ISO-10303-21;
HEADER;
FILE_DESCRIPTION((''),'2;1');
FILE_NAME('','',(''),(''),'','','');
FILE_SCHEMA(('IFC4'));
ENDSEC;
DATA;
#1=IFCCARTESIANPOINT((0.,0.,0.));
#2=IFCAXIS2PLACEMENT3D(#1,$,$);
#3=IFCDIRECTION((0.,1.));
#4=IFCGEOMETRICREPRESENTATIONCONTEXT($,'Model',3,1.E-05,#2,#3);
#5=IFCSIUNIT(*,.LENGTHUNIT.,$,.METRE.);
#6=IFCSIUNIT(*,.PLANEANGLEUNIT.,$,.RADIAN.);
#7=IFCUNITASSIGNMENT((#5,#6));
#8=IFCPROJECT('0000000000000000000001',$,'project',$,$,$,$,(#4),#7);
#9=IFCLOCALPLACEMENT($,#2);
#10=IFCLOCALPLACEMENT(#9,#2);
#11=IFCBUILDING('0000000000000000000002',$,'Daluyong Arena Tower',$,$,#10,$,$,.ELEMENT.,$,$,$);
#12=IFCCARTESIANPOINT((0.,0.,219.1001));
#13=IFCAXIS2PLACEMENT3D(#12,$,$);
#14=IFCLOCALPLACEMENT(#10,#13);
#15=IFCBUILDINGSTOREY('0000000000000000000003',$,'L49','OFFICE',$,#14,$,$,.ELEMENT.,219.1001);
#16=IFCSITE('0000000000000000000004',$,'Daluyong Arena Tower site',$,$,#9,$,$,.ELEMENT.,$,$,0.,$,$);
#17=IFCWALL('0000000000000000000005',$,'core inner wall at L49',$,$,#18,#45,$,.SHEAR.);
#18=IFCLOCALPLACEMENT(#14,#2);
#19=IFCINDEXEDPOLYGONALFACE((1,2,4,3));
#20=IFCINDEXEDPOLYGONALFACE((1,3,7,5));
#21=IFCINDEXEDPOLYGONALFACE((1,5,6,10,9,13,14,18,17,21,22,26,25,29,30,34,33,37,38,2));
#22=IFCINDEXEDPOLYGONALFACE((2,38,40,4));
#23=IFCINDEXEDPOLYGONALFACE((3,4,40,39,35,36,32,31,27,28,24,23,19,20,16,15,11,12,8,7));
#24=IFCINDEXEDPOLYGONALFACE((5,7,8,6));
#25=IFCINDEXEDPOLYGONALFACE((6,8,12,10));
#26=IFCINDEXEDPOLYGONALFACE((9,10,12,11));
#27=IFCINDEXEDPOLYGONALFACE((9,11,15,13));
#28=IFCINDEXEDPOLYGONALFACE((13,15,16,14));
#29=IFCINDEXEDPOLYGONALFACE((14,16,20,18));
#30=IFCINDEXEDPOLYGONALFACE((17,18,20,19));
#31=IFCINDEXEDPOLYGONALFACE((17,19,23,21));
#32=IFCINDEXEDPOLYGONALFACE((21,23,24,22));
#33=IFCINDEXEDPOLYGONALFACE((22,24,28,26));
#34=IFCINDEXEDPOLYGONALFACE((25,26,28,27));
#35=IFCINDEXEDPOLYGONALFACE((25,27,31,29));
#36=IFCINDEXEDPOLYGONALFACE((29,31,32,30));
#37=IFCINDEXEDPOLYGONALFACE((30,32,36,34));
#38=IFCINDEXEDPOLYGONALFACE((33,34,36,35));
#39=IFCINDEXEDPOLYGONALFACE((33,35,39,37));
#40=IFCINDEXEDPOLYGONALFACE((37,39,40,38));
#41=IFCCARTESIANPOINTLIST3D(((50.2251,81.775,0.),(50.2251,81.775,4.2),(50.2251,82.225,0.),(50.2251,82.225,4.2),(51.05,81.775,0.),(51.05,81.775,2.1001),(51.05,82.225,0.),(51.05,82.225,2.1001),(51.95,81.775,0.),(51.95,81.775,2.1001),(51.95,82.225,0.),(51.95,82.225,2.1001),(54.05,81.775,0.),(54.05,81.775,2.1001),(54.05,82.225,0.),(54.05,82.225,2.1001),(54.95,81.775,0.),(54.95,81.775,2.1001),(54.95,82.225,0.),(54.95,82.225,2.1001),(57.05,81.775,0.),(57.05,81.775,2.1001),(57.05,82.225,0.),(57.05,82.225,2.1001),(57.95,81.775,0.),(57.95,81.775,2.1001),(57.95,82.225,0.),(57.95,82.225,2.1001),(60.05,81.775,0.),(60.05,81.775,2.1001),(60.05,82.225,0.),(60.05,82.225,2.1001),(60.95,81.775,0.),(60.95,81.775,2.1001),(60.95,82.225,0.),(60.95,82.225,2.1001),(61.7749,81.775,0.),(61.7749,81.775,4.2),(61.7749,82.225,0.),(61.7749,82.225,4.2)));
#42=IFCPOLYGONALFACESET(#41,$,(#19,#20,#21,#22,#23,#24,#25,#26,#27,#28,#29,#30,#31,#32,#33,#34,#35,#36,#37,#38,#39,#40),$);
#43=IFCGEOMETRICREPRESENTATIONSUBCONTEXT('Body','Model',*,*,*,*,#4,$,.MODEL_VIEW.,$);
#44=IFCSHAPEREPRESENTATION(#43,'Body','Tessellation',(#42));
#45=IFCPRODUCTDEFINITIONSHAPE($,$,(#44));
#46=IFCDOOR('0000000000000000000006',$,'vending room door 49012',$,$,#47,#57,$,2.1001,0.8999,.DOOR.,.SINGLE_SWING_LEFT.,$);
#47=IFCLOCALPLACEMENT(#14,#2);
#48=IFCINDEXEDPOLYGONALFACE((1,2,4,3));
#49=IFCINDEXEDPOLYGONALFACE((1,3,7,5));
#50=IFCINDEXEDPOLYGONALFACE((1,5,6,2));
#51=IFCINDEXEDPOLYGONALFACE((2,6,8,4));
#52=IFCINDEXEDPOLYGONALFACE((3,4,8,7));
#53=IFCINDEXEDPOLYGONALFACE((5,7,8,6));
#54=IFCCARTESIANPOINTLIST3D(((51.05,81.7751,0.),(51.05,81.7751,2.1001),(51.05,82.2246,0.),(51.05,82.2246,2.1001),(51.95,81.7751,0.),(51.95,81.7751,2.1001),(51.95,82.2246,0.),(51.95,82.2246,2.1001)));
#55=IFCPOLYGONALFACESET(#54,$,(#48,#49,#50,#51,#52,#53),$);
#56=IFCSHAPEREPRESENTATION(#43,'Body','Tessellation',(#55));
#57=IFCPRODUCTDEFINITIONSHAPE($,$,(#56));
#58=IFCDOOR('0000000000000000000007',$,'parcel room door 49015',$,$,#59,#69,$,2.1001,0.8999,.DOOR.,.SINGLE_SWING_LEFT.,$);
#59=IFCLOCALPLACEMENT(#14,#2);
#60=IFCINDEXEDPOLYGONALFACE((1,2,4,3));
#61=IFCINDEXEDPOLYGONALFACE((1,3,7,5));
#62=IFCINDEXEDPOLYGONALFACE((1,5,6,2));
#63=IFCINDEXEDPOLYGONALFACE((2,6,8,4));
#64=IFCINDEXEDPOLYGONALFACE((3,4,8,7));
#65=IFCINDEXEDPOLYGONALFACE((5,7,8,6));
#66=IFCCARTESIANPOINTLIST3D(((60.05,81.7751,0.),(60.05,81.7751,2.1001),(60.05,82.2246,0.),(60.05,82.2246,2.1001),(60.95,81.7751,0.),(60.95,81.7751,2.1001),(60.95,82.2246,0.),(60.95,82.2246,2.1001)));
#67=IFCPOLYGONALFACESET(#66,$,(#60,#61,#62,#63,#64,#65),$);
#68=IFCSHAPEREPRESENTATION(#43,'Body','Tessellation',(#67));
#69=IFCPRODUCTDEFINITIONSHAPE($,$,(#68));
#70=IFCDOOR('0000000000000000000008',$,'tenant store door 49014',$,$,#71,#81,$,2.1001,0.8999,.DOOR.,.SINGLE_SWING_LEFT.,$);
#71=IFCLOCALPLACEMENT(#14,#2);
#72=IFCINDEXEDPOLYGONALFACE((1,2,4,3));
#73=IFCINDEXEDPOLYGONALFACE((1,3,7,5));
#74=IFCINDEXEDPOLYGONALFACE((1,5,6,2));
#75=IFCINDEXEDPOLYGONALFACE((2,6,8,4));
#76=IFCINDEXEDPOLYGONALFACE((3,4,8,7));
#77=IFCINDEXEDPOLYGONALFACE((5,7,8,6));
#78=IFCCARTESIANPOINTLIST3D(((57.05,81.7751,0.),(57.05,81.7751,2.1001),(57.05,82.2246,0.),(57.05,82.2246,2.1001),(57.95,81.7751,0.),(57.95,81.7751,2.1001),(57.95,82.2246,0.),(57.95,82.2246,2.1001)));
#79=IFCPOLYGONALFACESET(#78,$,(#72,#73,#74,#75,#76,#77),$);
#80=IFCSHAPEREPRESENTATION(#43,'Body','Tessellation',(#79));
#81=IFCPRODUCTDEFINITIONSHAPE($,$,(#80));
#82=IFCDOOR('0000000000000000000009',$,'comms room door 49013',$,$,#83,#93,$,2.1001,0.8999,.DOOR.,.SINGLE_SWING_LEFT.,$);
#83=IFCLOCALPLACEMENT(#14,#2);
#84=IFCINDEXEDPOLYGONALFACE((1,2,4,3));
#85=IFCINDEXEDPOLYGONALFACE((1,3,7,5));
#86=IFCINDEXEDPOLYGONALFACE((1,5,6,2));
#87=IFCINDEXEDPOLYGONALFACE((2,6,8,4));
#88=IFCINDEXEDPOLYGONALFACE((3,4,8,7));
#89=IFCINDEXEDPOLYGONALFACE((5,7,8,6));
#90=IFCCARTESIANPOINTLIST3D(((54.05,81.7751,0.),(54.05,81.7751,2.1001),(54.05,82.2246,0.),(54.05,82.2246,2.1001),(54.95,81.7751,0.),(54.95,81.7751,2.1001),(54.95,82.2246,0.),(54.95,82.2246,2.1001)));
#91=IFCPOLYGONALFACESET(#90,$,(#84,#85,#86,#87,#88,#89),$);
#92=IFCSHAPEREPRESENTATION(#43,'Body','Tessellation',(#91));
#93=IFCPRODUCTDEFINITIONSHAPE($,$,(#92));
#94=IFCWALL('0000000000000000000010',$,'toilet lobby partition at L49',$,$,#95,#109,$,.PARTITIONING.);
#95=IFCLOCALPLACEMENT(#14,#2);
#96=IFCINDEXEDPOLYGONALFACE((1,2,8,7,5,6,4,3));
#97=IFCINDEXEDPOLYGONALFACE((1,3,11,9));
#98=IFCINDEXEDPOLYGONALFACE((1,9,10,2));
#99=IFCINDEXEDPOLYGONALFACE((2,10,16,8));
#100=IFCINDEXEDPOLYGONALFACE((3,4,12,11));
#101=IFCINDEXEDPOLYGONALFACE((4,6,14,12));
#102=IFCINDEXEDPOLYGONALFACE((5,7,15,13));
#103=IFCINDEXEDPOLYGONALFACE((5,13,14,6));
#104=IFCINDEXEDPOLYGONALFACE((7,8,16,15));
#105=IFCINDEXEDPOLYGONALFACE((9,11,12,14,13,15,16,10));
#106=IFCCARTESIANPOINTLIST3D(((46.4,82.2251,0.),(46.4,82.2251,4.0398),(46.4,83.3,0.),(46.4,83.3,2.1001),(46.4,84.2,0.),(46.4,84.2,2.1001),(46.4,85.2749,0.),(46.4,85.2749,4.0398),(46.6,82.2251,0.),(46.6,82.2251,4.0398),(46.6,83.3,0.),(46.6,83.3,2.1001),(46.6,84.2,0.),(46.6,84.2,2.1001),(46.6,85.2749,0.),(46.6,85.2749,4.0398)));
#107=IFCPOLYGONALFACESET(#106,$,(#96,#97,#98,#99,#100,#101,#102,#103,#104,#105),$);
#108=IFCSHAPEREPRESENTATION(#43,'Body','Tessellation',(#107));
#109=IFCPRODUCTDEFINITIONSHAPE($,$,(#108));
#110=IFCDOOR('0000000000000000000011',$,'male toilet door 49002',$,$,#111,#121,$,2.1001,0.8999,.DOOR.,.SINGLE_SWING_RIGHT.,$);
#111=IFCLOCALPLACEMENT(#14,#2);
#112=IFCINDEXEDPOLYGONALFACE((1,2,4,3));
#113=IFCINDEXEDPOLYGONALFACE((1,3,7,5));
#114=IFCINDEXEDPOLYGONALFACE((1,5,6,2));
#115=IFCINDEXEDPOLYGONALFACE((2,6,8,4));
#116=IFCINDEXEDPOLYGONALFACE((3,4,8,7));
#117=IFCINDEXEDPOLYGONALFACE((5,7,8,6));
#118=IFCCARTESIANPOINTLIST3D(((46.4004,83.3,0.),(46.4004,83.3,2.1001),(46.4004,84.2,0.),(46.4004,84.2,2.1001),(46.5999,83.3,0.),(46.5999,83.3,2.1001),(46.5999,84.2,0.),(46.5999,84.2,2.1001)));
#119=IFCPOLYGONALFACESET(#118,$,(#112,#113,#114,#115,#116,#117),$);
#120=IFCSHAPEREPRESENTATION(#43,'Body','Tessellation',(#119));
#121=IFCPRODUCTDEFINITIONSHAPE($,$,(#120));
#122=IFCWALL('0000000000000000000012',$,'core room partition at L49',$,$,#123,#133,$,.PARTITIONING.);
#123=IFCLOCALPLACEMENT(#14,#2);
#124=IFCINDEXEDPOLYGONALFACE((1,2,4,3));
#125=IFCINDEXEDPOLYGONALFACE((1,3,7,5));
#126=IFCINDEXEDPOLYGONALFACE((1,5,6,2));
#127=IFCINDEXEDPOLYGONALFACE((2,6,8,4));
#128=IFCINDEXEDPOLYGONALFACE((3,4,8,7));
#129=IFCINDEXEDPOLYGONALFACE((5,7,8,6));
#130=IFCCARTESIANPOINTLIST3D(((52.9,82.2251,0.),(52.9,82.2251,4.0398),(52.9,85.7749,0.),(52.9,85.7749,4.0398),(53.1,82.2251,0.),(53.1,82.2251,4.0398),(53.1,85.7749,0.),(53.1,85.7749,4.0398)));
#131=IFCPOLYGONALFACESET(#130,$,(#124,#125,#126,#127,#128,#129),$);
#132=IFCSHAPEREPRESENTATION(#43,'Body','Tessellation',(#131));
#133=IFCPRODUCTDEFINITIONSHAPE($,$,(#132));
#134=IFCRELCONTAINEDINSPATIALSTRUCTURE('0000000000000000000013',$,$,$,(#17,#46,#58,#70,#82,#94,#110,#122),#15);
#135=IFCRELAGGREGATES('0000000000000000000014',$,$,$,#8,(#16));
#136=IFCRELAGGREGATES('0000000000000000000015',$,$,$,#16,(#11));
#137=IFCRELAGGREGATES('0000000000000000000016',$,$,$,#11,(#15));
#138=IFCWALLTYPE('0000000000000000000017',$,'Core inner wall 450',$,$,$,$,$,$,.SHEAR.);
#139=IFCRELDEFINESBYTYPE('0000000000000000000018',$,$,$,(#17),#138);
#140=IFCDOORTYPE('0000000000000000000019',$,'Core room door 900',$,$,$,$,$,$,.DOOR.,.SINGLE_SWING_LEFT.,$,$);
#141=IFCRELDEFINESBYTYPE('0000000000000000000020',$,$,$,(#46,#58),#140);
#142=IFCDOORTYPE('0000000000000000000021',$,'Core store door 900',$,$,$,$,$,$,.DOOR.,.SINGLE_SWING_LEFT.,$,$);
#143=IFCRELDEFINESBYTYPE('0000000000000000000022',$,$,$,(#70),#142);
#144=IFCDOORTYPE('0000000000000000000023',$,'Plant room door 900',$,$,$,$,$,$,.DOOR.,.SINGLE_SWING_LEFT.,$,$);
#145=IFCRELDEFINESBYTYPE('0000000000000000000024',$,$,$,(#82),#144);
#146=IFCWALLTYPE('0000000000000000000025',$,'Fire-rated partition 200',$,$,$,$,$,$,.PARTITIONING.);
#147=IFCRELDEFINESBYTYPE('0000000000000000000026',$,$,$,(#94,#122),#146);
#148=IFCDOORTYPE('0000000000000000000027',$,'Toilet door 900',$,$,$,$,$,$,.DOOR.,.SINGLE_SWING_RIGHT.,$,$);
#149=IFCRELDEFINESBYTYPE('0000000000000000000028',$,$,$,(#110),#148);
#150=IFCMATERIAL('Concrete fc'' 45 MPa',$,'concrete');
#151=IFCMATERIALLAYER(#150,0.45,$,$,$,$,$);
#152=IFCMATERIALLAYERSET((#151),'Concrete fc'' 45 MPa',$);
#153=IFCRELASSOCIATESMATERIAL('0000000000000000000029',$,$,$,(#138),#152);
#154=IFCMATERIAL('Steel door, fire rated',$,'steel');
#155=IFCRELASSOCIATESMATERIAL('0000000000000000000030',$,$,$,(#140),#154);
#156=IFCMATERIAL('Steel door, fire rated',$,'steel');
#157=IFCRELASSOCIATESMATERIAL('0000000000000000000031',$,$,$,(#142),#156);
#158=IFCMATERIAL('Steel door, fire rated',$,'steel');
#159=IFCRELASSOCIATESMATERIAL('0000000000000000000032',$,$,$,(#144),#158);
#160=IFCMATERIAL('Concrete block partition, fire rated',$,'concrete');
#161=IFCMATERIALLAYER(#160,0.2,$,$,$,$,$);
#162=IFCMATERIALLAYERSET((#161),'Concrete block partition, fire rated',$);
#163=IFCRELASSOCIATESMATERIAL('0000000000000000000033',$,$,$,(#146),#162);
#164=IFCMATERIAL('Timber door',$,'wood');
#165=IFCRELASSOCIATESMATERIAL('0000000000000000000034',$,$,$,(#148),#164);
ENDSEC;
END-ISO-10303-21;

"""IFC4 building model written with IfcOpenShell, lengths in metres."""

from ifc_helpers import new_model, si_unit, direction, frame, frame_2d, origin, place, context, subcontext, project, spatial, rectangle, extrude, material, layer, layer_set, type_object, element, fill, save


model = new_model("IFC4")

# Units and contexts
model_context = context("Model", 3, precision=1e-05, world=origin(), true_north=direction((0.0, 1.0)))
body_context = subcontext(model_context, "Body", "Model", "MODEL_VIEW")
ifc_project = project(units=[si_unit("LENGTHUNIT", "METRE"), si_unit("PLANEANGLEUNIT", "RADIAN")], contexts=[model_context])

# Site, building, storey
site_placement = place(None, origin())
site = spatial("IfcSite", under=ifc_project, at=site_placement, Name="Daluyong Arena Tower site", CompositionType="ELEMENT", RefElevation=0.0)
building_placement = place(site_placement, origin())
building = spatial("IfcBuilding", under=site, at=building_placement, Name="Daluyong Arena Tower", CompositionType="ELEMENT")
storey_placement = place(building_placement, frame((0.0, 0.0, 219.1001)))
storey = spatial("IfcBuildingStorey", under=building, at=storey_placement, Name="L49", Description="OFFICE", CompositionType="ELEMENT", Elevation=219.1001)

# Wall, openings, doors
ifc_material_1 = material(Name="Concrete fc' 45 MPa", Category="concrete")
ifc_layer_1 = layer(ifc_material_1, 0.45)
ifc_layer_set_1 = layer_set([ifc_layer_1], Name="Concrete fc' 45 MPa")
wall_type_1 = type_object("IfcWallType", Name="Core inner wall 450", PredefinedType="SHEAR", material=ifc_layer_set_1)
ifc_material_2 = material(Name="Steel door, fire rated", Category="steel")
door_type_1 = type_object("IfcDoorType", Name="Core room door 900", OperationType="SINGLE_SWING_LEFT", PredefinedType="DOOR", material=ifc_material_2)
ifc_material_3 = material(Name="Steel door, fire rated", Category="steel")
door_type_2 = type_object("IfcDoorType", Name="Core store door 900", OperationType="SINGLE_SWING_LEFT", PredefinedType="DOOR", material=ifc_material_3)
wall_1_placement = place(storey_placement, frame((50.2251, 82.0, 0.0), z_axis=(0.0, 0.0, 1.0), x_axis=(1.0, 0.0, 0.0)))
wall_1 = element("IfcWall", 1, at=wall_1_placement, inside=storey, type_object=wall_type_1, Name="core inner wall at L49", PredefinedType="SHEAR", context=body_context, shape_type="SweptSolid", body=[
    extrude(rectangle(XDim=11.5498, YDim=0.45, at=frame_2d((5.7749, 0.0))), origin(), (0.0, 0.0, 1.0), 4.2),
])
opening_1_placement = place(wall_1_placement, frame((0.825, 0.0, 0.0)))
opening_1 = element("IfcOpeningElement", 2, at=opening_1_placement, cuts=wall_1, PredefinedType="OPENING", context=body_context, shape_type="SweptSolid", body=[
    extrude(rectangle(XDim=0.8999, YDim=2.1001, at=frame_2d((0.45, 1.05))), frame((0.0, 0.2349, 0.0), z_axis=(0.0, -1.0, 0.0), x_axis=(1.0, 0.0, 0.0)), (0.0, 0.0, 1.0), 0.47),
])
opening_2_placement = place(wall_1_placement, frame((3.825, 0.0, 0.0)))
opening_2 = element("IfcOpeningElement", 3, at=opening_2_placement, cuts=wall_1, PredefinedType="OPENING", context=body_context, shape_type="SweptSolid", body=[
    extrude(rectangle(XDim=0.8999, YDim=2.1001, at=frame_2d((0.45, 1.05))), frame((0.0, 0.2349, 0.0), z_axis=(0.0, -1.0, 0.0), x_axis=(1.0, 0.0, 0.0)), (0.0, 0.0, 1.0), 0.47),
])
opening_3_placement = place(wall_1_placement, frame((6.825, 0.0, 0.0)))
opening_3 = element("IfcOpeningElement", 4, at=opening_3_placement, cuts=wall_1, PredefinedType="OPENING", context=body_context, shape_type="SweptSolid", body=[
    extrude(rectangle(XDim=0.8999, YDim=2.1001, at=frame_2d((0.45, 1.05))), frame((0.0, 0.2349, 0.0), z_axis=(0.0, -1.0, 0.0), x_axis=(1.0, 0.0, 0.0)), (0.0, 0.0, 1.0), 0.47),
])
opening_4_placement = place(wall_1_placement, frame((9.825, 0.0, 0.0)))
opening_4 = element("IfcOpeningElement", 5, at=opening_4_placement, cuts=wall_1, PredefinedType="OPENING", context=body_context, shape_type="SweptSolid", body=[
    extrude(rectangle(XDim=0.8999, YDim=2.1001, at=frame_2d((0.45, 1.05))), frame((0.0, 0.2349, 0.0), z_axis=(0.0, -1.0, 0.0), x_axis=(1.0, 0.0, 0.0)), (0.0, 0.0, 1.0), 0.47),
])
door_1_placement = place(opening_1_placement, origin())
door_1 = element("IfcDoor", 6, at=door_1_placement, inside=storey, type_object=door_type_1, Name="vending room door 49012", OperationType="SINGLE_SWING_LEFT", OverallHeight=2.1001, OverallWidth=0.8999, PredefinedType="DOOR", context=body_context, shape_type="SweptSolid", body=[
    extrude(rectangle(XDim=0.8999, YDim=2.1001, at=frame_2d((0.45, 1.05))), frame((0.0, 0.2246, 0.0), z_axis=(0.0, -1.0, 0.0), x_axis=(1.0, 0.0, 0.0)), (0.0, 0.0, 1.0), 0.4495),
])
fill(opening_1, door_1)
door_2_placement = place(opening_4_placement, origin())
door_2 = element("IfcDoor", 7, at=door_2_placement, inside=storey, type_object=door_type_1, Name="parcel room door 49015", OperationType="SINGLE_SWING_LEFT", OverallHeight=2.1001, OverallWidth=0.8999, PredefinedType="DOOR", context=body_context, shape_type="SweptSolid", body=[
    extrude(rectangle(XDim=0.8999, YDim=2.1001, at=frame_2d((0.45, 1.05))), frame((0.0, 0.2246, 0.0), z_axis=(0.0, -1.0, 0.0), x_axis=(1.0, 0.0, 0.0)), (0.0, 0.0, 1.0), 0.4495),
])
fill(opening_4, door_2)
door_3_placement = place(opening_3_placement, origin())
door_3 = element("IfcDoor", 8, at=door_3_placement, inside=storey, type_object=door_type_2, Name="tenant store door 49014", OperationType="SINGLE_SWING_LEFT", OverallHeight=2.1001, OverallWidth=0.8999, PredefinedType="DOOR", context=body_context, shape_type="SweptSolid", body=[
    extrude(rectangle(XDim=0.8999, YDim=2.1001, at=frame_2d((0.45, 1.05))), frame((0.0, 0.2246, 0.0), z_axis=(0.0, -1.0, 0.0), x_axis=(1.0, 0.0, 0.0)), (0.0, 0.0, 1.0), 0.4495),
])
fill(opening_3, door_3)
ifc_material_4 = material(Name="Steel door, fire rated", Category="steel")
door_type_3 = type_object("IfcDoorType", Name="Plant room door 900", OperationType="SINGLE_SWING_LEFT", PredefinedType="DOOR", material=ifc_material_4)
door_4_placement = place(opening_2_placement, origin())
door_4 = element("IfcDoor", 9, at=door_4_placement, inside=storey, type_object=door_type_3, Name="comms room door 49013", OperationType="SINGLE_SWING_LEFT", OverallHeight=2.1001, OverallWidth=0.8999, PredefinedType="DOOR", context=body_context, shape_type="SweptSolid", body=[
    extrude(rectangle(XDim=0.8999, YDim=2.1001, at=frame_2d((0.45, 1.05))), frame((0.0, 0.2246, 0.0), z_axis=(0.0, -1.0, 0.0), x_axis=(1.0, 0.0, 0.0)), (0.0, 0.0, 1.0), 0.4495),
])
fill(opening_2, door_4)

# Wall, opening, door
ifc_material_5 = material(Name="Concrete block partition, fire rated", Category="concrete")
ifc_layer_2 = layer(ifc_material_5, 0.2)
ifc_layer_set_2 = layer_set([ifc_layer_2], Name="Concrete block partition, fire rated")
wall_type_2 = type_object("IfcWallType", Name="Fire-rated partition 200", PredefinedType="PARTITIONING", material=ifc_layer_set_2)
wall_2_placement = place(storey_placement, frame((46.5, 82.2251, 0.0), z_axis=(0.0, 0.0, 1.0), x_axis=(0.0, 1.0, 0.0)))
wall_2 = element("IfcWall", 10, at=wall_2_placement, inside=storey, type_object=wall_type_2, Name="toilet lobby partition at L49", PredefinedType="PARTITIONING", context=body_context, shape_type="SweptSolid", body=[
    extrude(rectangle(XDim=3.0498, YDim=0.2, at=frame_2d((1.5249, 0.0))), origin(), (0.0, 0.0, 1.0), 4.0398),
])
opening_5_placement = place(wall_2_placement, frame((1.075, 0.0, 0.0)))
opening_5 = element("IfcOpeningElement", 11, at=opening_5_placement, cuts=wall_2, PredefinedType="OPENING", context=body_context, shape_type="SweptSolid", body=[
    extrude(rectangle(XDim=0.8999, YDim=2.1001, at=frame_2d((0.45, 1.05))), frame((0.0, 0.1099, 0.0), z_axis=(0.0, -1.0, 0.0), x_axis=(1.0, 0.0, 0.0)), (0.0, 0.0, 1.0), 0.22),
])
ifc_material_6 = material(Name="Timber door", Category="wood")
door_type_4 = type_object("IfcDoorType", Name="Toilet door 900", OperationType="SINGLE_SWING_RIGHT", PredefinedType="DOOR", material=ifc_material_6)
door_5_placement = place(opening_5_placement, origin())
door_5 = element("IfcDoor", 12, at=door_5_placement, inside=storey, type_object=door_type_4, Name="male toilet door 49002", OperationType="SINGLE_SWING_RIGHT", OverallHeight=2.1001, OverallWidth=0.8999, PredefinedType="DOOR", context=body_context, shape_type="SweptSolid", body=[
    extrude(rectangle(XDim=0.8999, YDim=2.1001, at=frame_2d((0.45, 1.05))), frame((0.0, 0.0996, 0.0), z_axis=(0.0, -1.0, 0.0), x_axis=(1.0, 0.0, 0.0)), (0.0, 0.0, 1.0), 0.1995),
])
fill(opening_5, door_5)

# Wall
wall_3_placement = place(storey_placement, frame((53.0, 82.2251, 0.0), z_axis=(0.0, 0.0, 1.0), x_axis=(0.0, 1.0, 0.0)))
element("IfcWall", 13, at=wall_3_placement, inside=storey, type_object=wall_type_2, Name="core room partition at L49", PredefinedType="PARTITIONING", context=body_context, shape_type="SweptSolid", body=[
    extrude(rectangle(XDim=3.5498, YDim=0.2, at=frame_2d((1.7749, 0.0))), origin(), (0.0, 0.0, 1.0), 4.0398),
])

save(model, "model.ifc")
